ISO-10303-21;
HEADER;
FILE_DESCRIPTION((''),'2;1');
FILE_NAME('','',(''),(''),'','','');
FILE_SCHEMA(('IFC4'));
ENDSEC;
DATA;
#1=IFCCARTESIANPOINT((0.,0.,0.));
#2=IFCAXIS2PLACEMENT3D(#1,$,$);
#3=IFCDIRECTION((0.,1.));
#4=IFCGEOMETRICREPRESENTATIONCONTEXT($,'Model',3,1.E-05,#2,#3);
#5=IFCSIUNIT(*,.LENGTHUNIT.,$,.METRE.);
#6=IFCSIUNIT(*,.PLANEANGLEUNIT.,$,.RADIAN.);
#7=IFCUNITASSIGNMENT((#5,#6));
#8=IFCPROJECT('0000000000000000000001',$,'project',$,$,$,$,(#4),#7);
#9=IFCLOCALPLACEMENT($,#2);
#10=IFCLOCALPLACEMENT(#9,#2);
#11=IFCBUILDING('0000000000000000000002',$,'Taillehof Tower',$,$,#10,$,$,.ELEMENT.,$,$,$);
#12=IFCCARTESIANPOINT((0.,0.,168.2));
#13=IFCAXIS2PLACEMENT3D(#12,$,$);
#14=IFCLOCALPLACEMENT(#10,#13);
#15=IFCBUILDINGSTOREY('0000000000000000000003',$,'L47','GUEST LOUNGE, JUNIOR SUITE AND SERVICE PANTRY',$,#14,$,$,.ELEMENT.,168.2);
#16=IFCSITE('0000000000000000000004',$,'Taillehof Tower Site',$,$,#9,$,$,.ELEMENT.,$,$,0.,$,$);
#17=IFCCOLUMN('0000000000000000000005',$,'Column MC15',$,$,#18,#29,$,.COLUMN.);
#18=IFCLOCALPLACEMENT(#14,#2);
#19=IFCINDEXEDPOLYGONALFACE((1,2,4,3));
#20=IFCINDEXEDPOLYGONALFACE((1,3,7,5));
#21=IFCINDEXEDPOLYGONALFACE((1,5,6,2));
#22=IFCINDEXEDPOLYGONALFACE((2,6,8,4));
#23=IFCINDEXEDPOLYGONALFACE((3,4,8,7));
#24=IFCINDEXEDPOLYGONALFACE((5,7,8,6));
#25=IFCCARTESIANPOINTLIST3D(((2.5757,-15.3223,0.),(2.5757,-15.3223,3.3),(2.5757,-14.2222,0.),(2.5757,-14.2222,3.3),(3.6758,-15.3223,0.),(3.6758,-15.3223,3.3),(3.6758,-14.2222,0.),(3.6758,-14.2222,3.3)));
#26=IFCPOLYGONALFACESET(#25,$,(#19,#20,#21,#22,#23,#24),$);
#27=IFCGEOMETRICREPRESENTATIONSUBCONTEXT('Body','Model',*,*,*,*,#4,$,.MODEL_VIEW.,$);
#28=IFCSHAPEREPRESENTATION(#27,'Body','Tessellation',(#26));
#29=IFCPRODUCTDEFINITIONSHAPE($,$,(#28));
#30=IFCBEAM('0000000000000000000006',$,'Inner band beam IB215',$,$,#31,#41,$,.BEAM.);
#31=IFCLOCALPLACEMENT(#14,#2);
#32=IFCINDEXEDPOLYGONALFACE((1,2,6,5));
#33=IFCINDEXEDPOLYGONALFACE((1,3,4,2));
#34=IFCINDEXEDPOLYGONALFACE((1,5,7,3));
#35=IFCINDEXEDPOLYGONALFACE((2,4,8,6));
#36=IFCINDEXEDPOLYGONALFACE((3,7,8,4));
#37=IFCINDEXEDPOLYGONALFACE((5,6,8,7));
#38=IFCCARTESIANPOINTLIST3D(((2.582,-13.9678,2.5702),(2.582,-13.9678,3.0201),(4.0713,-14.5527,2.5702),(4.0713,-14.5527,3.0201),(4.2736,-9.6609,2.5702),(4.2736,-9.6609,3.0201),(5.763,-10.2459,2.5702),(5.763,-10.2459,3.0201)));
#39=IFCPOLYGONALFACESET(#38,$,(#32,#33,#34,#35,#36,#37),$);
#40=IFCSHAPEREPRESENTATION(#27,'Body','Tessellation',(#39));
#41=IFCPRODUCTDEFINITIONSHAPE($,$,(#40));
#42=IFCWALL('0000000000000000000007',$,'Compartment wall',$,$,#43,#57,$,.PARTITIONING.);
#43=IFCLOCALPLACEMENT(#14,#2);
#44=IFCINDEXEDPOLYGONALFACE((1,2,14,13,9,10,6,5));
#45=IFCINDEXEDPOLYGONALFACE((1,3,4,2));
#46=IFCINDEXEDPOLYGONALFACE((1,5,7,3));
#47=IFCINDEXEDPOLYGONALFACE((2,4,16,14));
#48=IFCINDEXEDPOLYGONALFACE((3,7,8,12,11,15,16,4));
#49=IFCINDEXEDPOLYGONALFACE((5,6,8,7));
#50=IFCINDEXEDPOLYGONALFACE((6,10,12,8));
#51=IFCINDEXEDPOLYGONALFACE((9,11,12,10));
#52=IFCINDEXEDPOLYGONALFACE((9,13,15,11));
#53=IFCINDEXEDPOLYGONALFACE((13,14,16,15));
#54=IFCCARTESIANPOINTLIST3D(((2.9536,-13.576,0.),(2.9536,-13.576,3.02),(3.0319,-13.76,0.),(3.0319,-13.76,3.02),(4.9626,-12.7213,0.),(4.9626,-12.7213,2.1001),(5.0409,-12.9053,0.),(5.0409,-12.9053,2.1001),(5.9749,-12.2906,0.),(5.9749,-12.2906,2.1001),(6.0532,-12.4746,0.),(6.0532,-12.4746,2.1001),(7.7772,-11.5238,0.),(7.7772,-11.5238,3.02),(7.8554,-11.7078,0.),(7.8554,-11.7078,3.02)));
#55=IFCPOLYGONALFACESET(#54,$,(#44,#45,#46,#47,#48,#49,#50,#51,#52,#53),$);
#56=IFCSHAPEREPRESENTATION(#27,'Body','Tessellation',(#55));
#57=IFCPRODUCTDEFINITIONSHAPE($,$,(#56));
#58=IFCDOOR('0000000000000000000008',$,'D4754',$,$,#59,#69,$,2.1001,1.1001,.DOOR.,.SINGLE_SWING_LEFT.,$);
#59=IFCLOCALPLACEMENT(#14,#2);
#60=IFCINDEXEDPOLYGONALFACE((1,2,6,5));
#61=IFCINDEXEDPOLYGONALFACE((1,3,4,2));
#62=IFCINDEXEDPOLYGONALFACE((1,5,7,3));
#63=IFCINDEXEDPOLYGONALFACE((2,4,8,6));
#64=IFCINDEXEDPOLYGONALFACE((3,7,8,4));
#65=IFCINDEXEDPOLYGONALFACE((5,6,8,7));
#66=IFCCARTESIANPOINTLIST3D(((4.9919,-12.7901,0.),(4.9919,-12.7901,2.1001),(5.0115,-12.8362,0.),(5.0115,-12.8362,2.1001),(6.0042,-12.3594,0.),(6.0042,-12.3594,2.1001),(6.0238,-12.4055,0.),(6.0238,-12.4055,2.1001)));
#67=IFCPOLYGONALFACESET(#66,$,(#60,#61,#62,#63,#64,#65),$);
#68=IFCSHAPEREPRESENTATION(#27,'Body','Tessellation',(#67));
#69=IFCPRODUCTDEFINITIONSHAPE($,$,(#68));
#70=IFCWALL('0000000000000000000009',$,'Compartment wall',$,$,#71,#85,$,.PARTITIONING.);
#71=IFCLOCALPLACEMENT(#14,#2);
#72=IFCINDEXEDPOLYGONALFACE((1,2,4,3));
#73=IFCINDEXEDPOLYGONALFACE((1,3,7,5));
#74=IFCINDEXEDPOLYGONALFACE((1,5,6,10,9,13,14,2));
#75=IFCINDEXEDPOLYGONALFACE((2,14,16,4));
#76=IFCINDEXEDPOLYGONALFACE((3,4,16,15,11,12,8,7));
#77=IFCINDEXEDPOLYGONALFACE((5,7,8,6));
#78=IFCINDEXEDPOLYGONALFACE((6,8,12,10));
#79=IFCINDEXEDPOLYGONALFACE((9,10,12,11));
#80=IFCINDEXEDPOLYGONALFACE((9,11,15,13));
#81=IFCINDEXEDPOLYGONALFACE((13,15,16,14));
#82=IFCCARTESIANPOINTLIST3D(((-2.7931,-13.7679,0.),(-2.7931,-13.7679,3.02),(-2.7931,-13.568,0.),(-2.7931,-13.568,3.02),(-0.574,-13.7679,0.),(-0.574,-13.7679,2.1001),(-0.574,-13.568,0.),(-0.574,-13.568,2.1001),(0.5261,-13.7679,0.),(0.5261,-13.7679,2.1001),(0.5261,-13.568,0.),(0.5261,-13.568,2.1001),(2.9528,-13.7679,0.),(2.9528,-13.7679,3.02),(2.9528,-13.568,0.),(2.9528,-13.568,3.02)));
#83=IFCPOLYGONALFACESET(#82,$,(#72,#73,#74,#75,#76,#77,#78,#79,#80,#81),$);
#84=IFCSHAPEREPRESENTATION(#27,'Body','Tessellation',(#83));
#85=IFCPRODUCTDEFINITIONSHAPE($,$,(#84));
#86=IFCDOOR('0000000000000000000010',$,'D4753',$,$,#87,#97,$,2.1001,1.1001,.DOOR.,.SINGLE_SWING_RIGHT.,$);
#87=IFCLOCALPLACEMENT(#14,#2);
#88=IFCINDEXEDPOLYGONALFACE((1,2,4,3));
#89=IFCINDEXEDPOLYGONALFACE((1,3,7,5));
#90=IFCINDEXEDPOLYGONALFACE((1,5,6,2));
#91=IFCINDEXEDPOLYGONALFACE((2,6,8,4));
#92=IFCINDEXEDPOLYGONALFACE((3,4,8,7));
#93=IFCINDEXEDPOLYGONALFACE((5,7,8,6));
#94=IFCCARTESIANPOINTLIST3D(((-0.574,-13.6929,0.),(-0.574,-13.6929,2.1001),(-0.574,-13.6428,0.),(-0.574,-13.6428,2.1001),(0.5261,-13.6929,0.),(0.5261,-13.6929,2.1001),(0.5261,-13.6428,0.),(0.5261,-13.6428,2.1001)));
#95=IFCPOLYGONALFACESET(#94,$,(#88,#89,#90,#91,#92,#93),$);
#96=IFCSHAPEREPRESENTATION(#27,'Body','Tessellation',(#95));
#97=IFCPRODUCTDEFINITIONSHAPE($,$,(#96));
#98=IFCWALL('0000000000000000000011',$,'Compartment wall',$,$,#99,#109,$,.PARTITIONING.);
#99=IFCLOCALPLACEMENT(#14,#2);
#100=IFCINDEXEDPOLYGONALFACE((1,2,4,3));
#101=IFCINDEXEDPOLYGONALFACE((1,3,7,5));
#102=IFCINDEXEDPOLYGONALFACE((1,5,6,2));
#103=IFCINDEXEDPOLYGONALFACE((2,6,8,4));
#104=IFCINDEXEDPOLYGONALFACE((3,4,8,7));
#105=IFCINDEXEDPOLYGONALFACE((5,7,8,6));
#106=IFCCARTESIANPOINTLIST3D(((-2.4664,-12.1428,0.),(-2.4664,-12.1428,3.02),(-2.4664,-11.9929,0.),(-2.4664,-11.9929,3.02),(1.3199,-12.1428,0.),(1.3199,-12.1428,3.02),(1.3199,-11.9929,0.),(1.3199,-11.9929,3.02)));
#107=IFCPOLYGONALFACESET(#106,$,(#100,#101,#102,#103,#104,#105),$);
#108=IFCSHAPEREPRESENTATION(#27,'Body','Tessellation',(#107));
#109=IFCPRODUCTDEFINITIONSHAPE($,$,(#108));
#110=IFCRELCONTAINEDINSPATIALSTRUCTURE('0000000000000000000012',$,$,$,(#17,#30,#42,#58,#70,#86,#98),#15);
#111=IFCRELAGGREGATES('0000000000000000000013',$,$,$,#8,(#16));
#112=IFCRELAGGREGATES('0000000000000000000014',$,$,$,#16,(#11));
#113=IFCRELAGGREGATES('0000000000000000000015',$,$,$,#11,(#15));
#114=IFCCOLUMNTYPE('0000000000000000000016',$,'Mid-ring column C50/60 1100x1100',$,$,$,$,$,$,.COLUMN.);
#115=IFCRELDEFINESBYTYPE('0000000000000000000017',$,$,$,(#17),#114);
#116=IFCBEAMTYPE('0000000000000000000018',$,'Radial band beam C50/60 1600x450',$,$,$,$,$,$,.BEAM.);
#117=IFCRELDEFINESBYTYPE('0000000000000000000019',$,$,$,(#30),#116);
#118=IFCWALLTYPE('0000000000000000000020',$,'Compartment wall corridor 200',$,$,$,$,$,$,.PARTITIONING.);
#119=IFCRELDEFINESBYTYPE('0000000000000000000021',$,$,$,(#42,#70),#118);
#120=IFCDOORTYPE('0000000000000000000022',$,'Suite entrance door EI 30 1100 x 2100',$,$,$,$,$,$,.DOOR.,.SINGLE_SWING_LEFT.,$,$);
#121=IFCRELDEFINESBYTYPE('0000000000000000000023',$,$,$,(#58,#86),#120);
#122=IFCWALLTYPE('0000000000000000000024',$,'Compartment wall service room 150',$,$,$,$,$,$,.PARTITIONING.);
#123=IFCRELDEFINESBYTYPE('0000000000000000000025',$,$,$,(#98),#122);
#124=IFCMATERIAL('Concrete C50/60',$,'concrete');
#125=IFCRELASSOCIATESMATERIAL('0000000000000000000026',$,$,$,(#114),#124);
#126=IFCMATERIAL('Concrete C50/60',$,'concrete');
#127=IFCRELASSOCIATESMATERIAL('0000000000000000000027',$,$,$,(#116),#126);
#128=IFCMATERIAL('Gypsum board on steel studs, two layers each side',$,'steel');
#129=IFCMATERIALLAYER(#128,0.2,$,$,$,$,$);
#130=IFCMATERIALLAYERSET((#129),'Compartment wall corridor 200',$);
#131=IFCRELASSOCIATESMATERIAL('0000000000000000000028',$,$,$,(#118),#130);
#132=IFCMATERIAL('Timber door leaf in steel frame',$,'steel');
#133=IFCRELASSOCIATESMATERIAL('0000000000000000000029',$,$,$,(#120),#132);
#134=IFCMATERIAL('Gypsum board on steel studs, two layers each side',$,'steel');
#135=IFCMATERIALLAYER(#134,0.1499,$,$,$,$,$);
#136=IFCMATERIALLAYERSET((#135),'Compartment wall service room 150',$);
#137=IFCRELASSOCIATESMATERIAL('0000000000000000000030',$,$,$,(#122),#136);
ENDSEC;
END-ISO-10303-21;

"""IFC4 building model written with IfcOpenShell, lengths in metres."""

from ifc_helpers import new_model, si_unit, direction, frame, frame_2d, origin, origin_2d, place, context, subcontext, project, spatial, rectangle, extrude, material, layer, layer_set, material_profile, profile_set, type_object, element, fill, save


model = new_model("IFC4")

# Units and contexts
model_context = context("Model", 3, precision=1e-05, world=origin(), true_north=direction((0.0, 1.0)))
body_context = subcontext(model_context, "Body", "Model", "MODEL_VIEW")
ifc_project = project(units=[si_unit("LENGTHUNIT", "METRE"), si_unit("PLANEANGLEUNIT", "RADIAN")], contexts=[model_context])

# Site, building, storey
site_placement = place(None, origin())
site = spatial("IfcSite", under=ifc_project, at=site_placement, Name="Taillehof Tower Site", CompositionType="ELEMENT", RefElevation=0.0)
building_placement = place(site_placement, origin())
building = spatial("IfcBuilding", under=site, at=building_placement, Name="Taillehof Tower", CompositionType="ELEMENT")
storey_placement = place(building_placement, frame((0.0, 0.0, 168.2)))
storey = spatial("IfcBuildingStorey", under=building, at=storey_placement, Name="L47", Description="GUEST LOUNGE, JUNIOR SUITE AND SERVICE PANTRY", CompositionType="ELEMENT", Elevation=168.2)

# Column
ifc_material_1 = material(Name="Concrete C50/60", Category="concrete")
ifc_material_profile_1 = material_profile(ifc_material_1, rectangle(XDim=1.1001, YDim=1.1001, at=origin_2d()), Name="RC 1100x1100")
ifc_profile_set_1 = profile_set([ifc_material_profile_1], Name="Concrete C50/60")
column_type = type_object("IfcColumnType", Name="Mid-ring column C50/60 1100x1100", PredefinedType="COLUMN", material=ifc_profile_set_1)
column_placement = place(storey_placement, frame((3.1257, -14.7722, 0.0), z_axis=(0.0, 0.0, 1.0), x_axis=(1.0, 0.0, 0.0)))
element("IfcColumn", 1, at=column_placement, inside=storey, type_object=column_type, Name="Column MC15", PredefinedType="COLUMN", context=body_context, shape_type="SweptSolid", body=[
    extrude(rectangle(XDim=1.1001, YDim=1.1001, at=origin_2d()), origin(), (0.0, 0.0, 1.0), 3.3),
])

# Beam
ifc_material_2 = material(Name="Concrete C50/60", Category="concrete")
ifc_material_profile_2 = material_profile(ifc_material_2, rectangle(XDim=1.6001, YDim=0.45, at=origin_2d()), Name="RC 1600x450")
ifc_profile_set_2 = profile_set([ifc_material_profile_2], Name="Concrete C50/60")
beam_type = type_object("IfcBeamType", Name="Radial band beam C50/60 1600x450", PredefinedType="BEAM", material=ifc_profile_set_2)
beam_placement = place(storey_placement, frame((3.3267, -14.2603, 2.7952), z_axis=(0.365589, 0.930777, 0.0), x_axis=(-0.930777, 0.365589, 0.0)))
element("IfcBeam", 2, at=beam_placement, inside=storey, type_object=beam_type, Name="Inner band beam IB215", PredefinedType="BEAM", context=body_context, shape_type="SweptSolid", body=[
    extrude(rectangle(XDim=1.6001, YDim=0.45, at=origin_2d()), origin(), (0.0, 0.0, 1.0), 4.6272),
])

# Walls, openings, doors
ifc_material_3 = material(Name="Gypsum board on steel studs, two layers each side", Category="steel")
ifc_layer_1 = layer(ifc_material_3, 0.2)
ifc_layer_set_1 = layer_set([ifc_layer_1], Name="Compartment wall corridor 200")
wall_type_1 = type_object("IfcWallType", Name="Compartment wall corridor 200", PredefinedType="PARTITIONING", material=ifc_layer_set_1)
wall_1_placement = place(storey_placement, frame((7.8164, -11.6157, 0.0), z_axis=(0.0, 0.0, 1.0), x_axis=(-0.920175, -0.391507, 0.0)))
wall_1 = element("IfcWall", 3, at=wall_1_placement, inside=storey, type_object=wall_type_1, Name="Compartment wall", PredefinedType="PARTITIONING", context=body_context, shape_type="SweptSolid", body=[
    extrude(rectangle(XDim=5.2419, YDim=0.2, at=frame_2d((2.6211, 0.0))), origin(), (0.0, 0.0, 1.0), 3.02),
])
opening_1_placement = place(wall_1_placement, frame((1.9587, 0.0, 0.0)))
opening_1 = element("IfcOpeningElement", 4, at=opening_1_placement, cuts=wall_1, PredefinedType="OPENING", context=body_context, shape_type="SweptSolid", body=[
    extrude(rectangle(XDim=1.1001, YDim=2.1001, at=frame_2d((0.55, 1.05))), frame((0.0, 0.1099, 0.0), z_axis=(0.0, -1.0, 0.0), x_axis=(1.0, 0.0, 0.0)), (0.0, 0.0, 1.0), 0.22),
])
ifc_material_4 = material(Name="Timber door leaf in steel frame", Category="steel")
door_type_1 = type_object("IfcDoorType", Name="Suite entrance door EI 30 1100 x 2100", OperationType="SINGLE_SWING_LEFT", PredefinedType="DOOR", material=ifc_material_4)
door_1_placement = place(opening_1_placement, origin())
door_1 = element("IfcDoor", 5, at=door_1_placement, inside=storey, type_object=door_type_1, Name="D4754", OperationType="SINGLE_SWING_LEFT", OverallHeight=2.1001, OverallWidth=1.1001, PredefinedType="DOOR", context=body_context, shape_type="SweptSolid", body=[
    extrude(rectangle(XDim=1.1001, YDim=2.1001, at=frame_2d((0.55, 1.05))), frame((0.0, 0.0249, 0.0), z_axis=(0.0, -1.0, 0.0), x_axis=(1.0, 0.0, 0.0)), (0.0, 0.0, 1.0), 0.05),
])
fill(opening_1, door_1)
wall_2_placement = place(storey_placement, frame((2.9529, -13.668, 0.0), z_axis=(0.0, 0.0, 1.0), x_axis=(-1.0, 0.0, 0.0)))
wall_2 = element("IfcWall", 6, at=wall_2_placement, inside=storey, type_object=wall_type_1, Name="Compartment wall", PredefinedType="PARTITIONING", context=body_context, shape_type="SweptSolid", body=[
    extrude(rectangle(XDim=5.7458, YDim=0.2, at=frame_2d((2.873, 0.0))), origin(), (0.0, 0.0, 1.0), 3.02),
])
opening_2_placement = place(wall_2_placement, frame((2.4268, 0.0, 0.0)))
opening_2 = element("IfcOpeningElement", 7, at=opening_2_placement, cuts=wall_2, PredefinedType="OPENING", context=body_context, shape_type="SweptSolid", body=[
    extrude(rectangle(XDim=1.1001, YDim=2.1001, at=frame_2d((0.55, 1.05))), frame((0.0, 0.1099, 0.0), z_axis=(0.0, -1.0, 0.0), x_axis=(1.0, 0.0, 0.0)), (0.0, 0.0, 1.0), 0.22),
])
door_2_placement = place(opening_2_placement, origin())
door_2 = element("IfcDoor", 8, at=door_2_placement, inside=storey, type_object=door_type_1, Name="D4753", OperationType="SINGLE_SWING_RIGHT", OverallHeight=2.1001, OverallWidth=1.1001, PredefinedType="DOOR", context=body_context, shape_type="SweptSolid", body=[
    extrude(rectangle(XDim=1.1001, YDim=2.1001, at=frame_2d((0.55, 1.05))), frame((0.0, 0.0249, 0.0), z_axis=(0.0, -1.0, 0.0), x_axis=(1.0, 0.0, 0.0)), (0.0, 0.0, 1.0), 0.05),
])
fill(opening_2, door_2)

# Wall
ifc_material_5 = material(Name="Gypsum board on steel studs, two layers each side", Category="steel")
ifc_layer_2 = layer(ifc_material_5, 0.1499)
ifc_layer_set_2 = layer_set([ifc_layer_2], Name="Compartment wall service room 150")
wall_type_2 = type_object("IfcWallType", Name="Compartment wall service room 150", PredefinedType="PARTITIONING", material=ifc_layer_set_2)
wall_3_placement = place(storey_placement, frame((1.3198, -12.0679, 0.0), z_axis=(0.0, 0.0, 1.0), x_axis=(-1.0, 0.0, 0.0)))
element("IfcWall", 9, at=wall_3_placement, inside=storey, type_object=wall_type_2, Name="Compartment wall", PredefinedType="PARTITIONING", context=body_context, shape_type="SweptSolid", body=[
    extrude(rectangle(XDim=3.7864, YDim=0.1499, at=frame_2d((1.8931, 0.0))), origin(), (0.0, 0.0, 1.0), 3.02),
])

save(model, "model.ifc")
